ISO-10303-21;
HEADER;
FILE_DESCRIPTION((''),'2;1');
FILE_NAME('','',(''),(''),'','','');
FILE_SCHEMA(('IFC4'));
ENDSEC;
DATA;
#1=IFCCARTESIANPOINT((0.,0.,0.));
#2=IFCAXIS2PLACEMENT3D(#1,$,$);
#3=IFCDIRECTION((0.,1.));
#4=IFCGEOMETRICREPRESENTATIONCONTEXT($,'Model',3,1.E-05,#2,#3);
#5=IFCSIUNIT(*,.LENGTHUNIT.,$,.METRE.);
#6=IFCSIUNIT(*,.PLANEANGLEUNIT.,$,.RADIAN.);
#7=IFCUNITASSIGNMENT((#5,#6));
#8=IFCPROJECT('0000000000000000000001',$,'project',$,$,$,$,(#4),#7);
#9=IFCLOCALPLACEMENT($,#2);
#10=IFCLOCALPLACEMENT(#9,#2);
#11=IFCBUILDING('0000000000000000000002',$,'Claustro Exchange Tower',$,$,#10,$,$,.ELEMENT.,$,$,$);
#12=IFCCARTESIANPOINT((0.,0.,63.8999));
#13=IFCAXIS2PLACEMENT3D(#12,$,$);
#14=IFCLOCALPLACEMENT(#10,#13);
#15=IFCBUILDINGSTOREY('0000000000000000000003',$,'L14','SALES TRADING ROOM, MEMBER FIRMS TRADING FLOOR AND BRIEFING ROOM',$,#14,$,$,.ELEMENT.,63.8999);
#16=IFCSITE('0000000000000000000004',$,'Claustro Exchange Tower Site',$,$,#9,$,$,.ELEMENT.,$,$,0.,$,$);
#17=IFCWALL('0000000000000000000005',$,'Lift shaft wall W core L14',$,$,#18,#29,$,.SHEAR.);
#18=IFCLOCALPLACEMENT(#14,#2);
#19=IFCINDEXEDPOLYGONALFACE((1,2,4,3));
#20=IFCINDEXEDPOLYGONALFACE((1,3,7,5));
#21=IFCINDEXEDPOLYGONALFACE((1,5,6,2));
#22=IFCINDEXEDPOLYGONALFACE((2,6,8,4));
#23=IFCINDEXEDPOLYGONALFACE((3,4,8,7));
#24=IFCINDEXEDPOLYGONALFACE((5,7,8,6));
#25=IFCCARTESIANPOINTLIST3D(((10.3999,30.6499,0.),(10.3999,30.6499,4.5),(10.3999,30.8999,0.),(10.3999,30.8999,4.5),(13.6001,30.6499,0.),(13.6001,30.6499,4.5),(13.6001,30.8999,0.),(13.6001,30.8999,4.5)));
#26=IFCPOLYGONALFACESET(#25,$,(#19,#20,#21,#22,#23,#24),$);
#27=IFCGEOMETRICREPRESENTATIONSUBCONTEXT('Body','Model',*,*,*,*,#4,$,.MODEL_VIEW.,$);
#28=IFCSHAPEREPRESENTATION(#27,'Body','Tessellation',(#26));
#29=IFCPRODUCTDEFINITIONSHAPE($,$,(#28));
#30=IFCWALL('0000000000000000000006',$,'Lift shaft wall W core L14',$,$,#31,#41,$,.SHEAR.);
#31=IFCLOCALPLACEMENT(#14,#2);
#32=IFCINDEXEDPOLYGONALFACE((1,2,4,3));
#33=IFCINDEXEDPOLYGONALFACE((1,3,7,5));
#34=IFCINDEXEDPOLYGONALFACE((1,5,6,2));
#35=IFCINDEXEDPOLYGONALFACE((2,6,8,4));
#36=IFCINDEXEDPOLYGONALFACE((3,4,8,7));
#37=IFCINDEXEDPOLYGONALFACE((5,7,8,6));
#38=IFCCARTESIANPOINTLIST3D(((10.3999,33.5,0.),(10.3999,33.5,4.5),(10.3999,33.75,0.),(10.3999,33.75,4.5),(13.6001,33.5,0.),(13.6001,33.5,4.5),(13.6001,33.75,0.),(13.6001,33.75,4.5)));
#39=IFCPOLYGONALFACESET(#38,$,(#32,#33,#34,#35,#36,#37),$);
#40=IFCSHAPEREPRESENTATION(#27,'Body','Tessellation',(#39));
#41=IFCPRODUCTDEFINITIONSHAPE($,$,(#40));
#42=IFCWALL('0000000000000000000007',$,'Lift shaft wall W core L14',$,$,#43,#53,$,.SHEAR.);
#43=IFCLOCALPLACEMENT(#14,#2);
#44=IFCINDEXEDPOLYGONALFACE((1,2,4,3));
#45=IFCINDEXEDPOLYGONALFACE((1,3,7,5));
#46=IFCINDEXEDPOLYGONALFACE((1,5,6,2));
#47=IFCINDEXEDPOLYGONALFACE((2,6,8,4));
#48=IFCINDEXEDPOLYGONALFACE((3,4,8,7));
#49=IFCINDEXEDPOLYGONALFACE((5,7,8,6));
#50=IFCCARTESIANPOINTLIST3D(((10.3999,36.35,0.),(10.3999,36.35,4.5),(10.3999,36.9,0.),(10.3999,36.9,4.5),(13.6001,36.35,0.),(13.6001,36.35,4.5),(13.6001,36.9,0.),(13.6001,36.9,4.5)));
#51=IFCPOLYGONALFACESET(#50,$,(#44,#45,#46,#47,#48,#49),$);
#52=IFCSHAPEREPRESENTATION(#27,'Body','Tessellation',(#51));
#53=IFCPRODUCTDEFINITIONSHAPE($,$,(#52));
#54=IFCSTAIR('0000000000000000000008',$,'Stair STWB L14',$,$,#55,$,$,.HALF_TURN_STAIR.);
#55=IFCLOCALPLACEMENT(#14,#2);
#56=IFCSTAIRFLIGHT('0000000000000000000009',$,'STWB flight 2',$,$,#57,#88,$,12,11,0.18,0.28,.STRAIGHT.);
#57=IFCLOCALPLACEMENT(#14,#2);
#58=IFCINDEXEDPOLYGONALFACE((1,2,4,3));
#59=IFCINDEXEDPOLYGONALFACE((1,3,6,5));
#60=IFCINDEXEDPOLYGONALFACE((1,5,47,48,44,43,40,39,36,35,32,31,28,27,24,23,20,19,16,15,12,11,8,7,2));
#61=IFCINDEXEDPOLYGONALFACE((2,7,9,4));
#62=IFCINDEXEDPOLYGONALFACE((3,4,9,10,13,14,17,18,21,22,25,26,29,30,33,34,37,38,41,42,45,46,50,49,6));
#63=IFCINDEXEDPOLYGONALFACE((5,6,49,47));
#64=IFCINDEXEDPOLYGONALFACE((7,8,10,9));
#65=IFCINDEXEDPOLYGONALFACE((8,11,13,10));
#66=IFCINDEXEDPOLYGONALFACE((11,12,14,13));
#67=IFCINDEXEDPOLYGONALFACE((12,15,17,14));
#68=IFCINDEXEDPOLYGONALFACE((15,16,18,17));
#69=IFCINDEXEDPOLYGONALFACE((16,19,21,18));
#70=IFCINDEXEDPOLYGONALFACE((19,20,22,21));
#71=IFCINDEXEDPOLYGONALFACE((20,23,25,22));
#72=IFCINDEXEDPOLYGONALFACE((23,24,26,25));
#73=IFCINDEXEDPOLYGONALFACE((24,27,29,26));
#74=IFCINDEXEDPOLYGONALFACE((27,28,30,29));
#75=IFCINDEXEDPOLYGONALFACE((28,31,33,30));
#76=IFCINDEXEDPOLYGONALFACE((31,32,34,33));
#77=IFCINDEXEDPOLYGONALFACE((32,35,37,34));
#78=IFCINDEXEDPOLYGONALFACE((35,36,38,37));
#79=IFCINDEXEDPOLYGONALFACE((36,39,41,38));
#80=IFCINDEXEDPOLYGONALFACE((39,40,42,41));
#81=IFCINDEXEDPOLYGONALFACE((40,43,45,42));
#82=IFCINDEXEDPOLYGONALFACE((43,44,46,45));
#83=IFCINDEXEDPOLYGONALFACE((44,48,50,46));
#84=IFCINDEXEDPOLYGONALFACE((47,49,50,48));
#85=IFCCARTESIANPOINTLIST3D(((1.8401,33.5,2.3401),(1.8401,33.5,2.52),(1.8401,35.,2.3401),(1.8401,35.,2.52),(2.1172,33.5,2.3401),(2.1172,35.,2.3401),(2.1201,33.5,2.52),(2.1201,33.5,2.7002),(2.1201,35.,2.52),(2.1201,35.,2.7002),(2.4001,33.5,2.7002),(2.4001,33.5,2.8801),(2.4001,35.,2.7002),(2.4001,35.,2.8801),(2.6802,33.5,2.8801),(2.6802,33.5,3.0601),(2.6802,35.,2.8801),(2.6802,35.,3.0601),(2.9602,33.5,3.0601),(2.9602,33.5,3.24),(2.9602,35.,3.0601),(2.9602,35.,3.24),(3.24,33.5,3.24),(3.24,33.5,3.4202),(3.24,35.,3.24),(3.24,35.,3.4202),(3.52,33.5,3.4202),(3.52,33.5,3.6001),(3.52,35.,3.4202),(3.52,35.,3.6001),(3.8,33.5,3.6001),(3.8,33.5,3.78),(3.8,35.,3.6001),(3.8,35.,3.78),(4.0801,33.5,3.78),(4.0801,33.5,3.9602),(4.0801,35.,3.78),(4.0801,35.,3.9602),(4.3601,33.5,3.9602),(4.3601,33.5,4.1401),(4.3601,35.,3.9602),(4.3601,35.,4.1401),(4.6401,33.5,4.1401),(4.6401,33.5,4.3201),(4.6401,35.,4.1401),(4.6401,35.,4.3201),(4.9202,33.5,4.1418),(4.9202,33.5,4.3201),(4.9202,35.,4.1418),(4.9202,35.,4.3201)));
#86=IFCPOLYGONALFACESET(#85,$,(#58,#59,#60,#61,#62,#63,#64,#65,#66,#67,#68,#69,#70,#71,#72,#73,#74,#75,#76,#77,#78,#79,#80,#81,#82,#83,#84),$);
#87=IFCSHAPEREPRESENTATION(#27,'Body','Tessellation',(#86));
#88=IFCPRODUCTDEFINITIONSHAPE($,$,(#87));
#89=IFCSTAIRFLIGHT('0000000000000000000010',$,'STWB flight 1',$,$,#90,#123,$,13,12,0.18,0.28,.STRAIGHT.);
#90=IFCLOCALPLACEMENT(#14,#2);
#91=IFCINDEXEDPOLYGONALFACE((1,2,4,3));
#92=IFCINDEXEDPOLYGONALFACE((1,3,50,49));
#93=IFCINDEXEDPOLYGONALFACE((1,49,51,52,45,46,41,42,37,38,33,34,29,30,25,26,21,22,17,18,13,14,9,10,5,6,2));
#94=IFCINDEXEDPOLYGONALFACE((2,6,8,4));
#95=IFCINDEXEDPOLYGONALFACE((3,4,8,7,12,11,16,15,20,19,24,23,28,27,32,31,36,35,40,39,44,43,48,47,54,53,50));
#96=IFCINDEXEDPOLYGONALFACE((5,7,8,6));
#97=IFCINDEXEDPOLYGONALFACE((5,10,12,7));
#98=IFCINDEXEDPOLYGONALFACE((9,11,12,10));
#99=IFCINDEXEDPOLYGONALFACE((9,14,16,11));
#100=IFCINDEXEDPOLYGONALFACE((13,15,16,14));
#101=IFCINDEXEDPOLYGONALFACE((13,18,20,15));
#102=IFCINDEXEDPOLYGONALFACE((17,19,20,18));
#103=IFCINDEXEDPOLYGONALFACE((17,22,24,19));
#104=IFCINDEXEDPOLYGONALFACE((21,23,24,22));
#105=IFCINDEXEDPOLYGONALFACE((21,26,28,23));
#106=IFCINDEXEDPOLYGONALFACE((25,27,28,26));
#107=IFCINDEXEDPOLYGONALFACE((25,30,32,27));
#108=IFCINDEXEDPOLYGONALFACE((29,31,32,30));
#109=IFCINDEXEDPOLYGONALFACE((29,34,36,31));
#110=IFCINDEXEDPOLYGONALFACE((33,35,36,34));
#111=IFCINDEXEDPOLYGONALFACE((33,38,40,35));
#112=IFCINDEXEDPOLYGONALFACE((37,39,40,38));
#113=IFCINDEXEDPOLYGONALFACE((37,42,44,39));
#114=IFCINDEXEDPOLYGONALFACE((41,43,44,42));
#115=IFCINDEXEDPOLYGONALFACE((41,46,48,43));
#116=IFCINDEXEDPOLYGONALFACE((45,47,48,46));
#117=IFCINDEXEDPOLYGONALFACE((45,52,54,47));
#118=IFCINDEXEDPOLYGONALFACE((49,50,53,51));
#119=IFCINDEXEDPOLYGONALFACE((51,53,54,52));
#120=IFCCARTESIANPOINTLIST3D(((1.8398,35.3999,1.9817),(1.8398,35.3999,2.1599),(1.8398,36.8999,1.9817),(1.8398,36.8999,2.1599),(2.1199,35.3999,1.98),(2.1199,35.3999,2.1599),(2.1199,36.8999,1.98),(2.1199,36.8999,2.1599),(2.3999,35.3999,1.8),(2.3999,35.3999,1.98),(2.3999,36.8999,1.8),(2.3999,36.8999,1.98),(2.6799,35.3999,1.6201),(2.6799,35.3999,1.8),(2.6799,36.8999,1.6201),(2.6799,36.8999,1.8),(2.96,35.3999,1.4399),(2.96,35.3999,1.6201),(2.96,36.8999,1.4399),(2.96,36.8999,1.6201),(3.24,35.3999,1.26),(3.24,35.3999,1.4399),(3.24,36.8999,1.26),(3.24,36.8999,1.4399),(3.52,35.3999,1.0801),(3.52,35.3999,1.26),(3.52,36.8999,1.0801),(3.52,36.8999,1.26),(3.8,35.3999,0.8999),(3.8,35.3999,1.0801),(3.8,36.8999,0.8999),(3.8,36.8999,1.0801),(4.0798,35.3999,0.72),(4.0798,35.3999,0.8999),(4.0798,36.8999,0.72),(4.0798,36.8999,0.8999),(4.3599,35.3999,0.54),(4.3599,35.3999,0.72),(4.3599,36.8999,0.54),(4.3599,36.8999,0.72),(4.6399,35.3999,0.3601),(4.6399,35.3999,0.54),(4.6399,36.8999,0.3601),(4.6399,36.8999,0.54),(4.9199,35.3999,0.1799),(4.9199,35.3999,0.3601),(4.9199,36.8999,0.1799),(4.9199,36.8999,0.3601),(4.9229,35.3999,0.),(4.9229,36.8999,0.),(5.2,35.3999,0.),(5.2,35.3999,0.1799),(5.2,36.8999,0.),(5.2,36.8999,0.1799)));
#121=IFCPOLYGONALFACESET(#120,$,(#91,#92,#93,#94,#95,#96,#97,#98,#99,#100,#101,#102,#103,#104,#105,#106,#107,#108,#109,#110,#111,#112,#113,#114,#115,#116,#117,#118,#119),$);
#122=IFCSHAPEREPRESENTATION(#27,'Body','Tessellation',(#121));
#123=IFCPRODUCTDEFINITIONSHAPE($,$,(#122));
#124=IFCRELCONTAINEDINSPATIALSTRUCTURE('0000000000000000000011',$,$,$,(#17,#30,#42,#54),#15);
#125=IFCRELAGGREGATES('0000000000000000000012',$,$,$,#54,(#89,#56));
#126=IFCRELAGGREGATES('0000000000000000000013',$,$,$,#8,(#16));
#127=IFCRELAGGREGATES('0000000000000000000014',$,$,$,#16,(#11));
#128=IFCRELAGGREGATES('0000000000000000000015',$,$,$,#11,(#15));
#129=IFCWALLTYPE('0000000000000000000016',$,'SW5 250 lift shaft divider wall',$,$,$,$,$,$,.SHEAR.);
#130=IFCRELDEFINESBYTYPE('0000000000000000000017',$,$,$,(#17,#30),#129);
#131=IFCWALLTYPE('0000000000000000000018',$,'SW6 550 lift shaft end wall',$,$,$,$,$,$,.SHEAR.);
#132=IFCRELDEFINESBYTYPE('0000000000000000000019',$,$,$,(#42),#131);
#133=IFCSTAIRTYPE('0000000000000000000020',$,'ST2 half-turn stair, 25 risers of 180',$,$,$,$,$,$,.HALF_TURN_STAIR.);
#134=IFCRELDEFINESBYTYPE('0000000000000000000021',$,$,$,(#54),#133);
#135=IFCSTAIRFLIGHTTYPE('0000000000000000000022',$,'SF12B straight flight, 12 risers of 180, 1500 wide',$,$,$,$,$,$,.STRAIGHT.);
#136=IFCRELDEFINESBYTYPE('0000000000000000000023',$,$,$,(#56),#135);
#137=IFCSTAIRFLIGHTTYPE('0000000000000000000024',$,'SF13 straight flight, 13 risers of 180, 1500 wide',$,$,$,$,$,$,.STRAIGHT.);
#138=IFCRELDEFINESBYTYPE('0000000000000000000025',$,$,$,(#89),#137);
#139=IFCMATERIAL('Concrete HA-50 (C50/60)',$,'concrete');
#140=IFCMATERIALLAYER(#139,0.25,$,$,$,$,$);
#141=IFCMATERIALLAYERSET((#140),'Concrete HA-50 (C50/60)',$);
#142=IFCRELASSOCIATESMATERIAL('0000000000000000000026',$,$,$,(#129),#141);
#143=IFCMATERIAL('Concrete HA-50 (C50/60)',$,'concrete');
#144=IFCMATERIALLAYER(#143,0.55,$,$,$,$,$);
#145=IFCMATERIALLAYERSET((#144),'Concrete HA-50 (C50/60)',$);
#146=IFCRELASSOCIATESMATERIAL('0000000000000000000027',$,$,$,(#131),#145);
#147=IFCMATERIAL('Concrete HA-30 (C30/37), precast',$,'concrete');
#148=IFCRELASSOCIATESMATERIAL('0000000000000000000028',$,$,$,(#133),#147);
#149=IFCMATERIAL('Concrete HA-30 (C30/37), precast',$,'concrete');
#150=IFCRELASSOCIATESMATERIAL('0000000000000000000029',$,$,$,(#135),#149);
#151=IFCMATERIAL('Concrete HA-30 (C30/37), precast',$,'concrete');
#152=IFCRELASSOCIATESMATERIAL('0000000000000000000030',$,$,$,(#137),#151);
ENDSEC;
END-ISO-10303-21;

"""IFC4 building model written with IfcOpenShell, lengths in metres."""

from ifc_helpers import new_model, si_unit, direction, frame, frame_2d, origin, place, context, subcontext, project, spatial, polyline, rectangle, outline, extrude, material, layer, layer_set, type_object, element, aggregate, save


model = new_model("IFC4")

# Units and contexts
model_context = context("Model", 3, precision=1e-05, world=origin(), true_north=direction((0.0, 1.0)))
body_context = subcontext(model_context, "Body", "Model", "MODEL_VIEW")
ifc_project = project(units=[si_unit("LENGTHUNIT", "METRE"), si_unit("PLANEANGLEUNIT", "RADIAN")], contexts=[model_context])

# Site, building, storey
site_placement = place(None, origin())
site = spatial("IfcSite", under=ifc_project, at=site_placement, Name="Claustro Exchange Tower Site", CompositionType="ELEMENT", RefElevation=0.0)
building_placement = place(site_placement, origin())
building = spatial("IfcBuilding", under=site, at=building_placement, Name="Claustro Exchange Tower", CompositionType="ELEMENT")
storey_placement = place(building_placement, frame((0.0, 0.0, 63.8999)))
storey = spatial("IfcBuildingStorey", under=building, at=storey_placement, Name="L14", Description="SALES TRADING ROOM, MEMBER FIRMS TRADING FLOOR AND BRIEFING ROOM", CompositionType="ELEMENT", Elevation=63.8999)

# Walls
ifc_material_1 = material(Name="Concrete HA-50 (C50/60)", Category="concrete")
ifc_layer_1 = layer(ifc_material_1, 0.25)
ifc_layer_set_1 = layer_set([ifc_layer_1], Name="Concrete HA-50 (C50/60)")
wall_type_1 = type_object("IfcWallType", Name="SW5 250 lift shaft divider wall", PredefinedType="SHEAR", material=ifc_layer_set_1)
for number, where, z_axis, x_axis, name in (
    (1, (10.3999, 30.7749, 0.0), (0.0, 0.0, 1.0), (1.0, 0.0, 0.0), "Lift shaft wall W core L14"),
    (2, (10.3999, 33.625, 0.0), (0.0, 0.0, 1.0), (1.0, 0.0, 0.0), "Lift shaft wall W core L14"),
):
    element("IfcWall", number, at=place(storey_placement, frame(where, z_axis=z_axis, x_axis=x_axis)), inside=storey, type_object=wall_type_1, Name=name, PredefinedType="SHEAR", context=body_context, shape_type="SweptSolid", body=[
        extrude(rectangle(XDim=3.2002, YDim=0.25, at=frame_2d((1.6001, 0.0))), origin(), (0.0, 0.0, 1.0), 4.5),
    ])
ifc_material_2 = material(Name="Concrete HA-50 (C50/60)", Category="concrete")
ifc_layer_2 = layer(ifc_material_2, 0.55)
ifc_layer_set_2 = layer_set([ifc_layer_2], Name="Concrete HA-50 (C50/60)")
wall_type_2 = type_object("IfcWallType", Name="SW6 550 lift shaft end wall", PredefinedType="SHEAR", material=ifc_layer_set_2)
wall_1_placement = place(storey_placement, frame((10.3999, 36.625, 0.0), z_axis=(0.0, 0.0, 1.0), x_axis=(1.0, 0.0, 0.0)))
element("IfcWall", 3, at=wall_1_placement, inside=storey, type_object=wall_type_2, Name="Lift shaft wall W core L14", PredefinedType="SHEAR", context=body_context, shape_type="SweptSolid", body=[
    extrude(rectangle(XDim=3.2002, YDim=0.55, at=frame_2d((1.6001, 0.0))), origin(), (0.0, 0.0, 1.0), 4.5),
])

# Stair, stair flights
ifc_material_3 = material(Name="Concrete HA-30 (C30/37), precast", Category="concrete")
stair_type = type_object("IfcStairType", Name="ST2 half-turn stair, 25 risers of 180", PredefinedType="HALF_TURN_STAIR", material=ifc_material_3)
stair_placement = place(storey_placement, origin())
stair = element("IfcStair", 4, at=stair_placement, inside=storey, type_object=stair_type, Name="Stair STWB L14", PredefinedType="HALF_TURN_STAIR")
ifc_material_4 = material(Name="Concrete HA-30 (C30/37), precast", Category="concrete")
stair_flight_type_1 = type_object("IfcStairFlightType", Name="SF12B straight flight, 12 risers of 180, 1500 wide", PredefinedType="STRAIGHT", material=ifc_material_4)
stair_flight_1_placement = place(storey_placement, frame((1.8401, 34.25, 2.3401), z_axis=(0.0, 0.0, 1.0), x_axis=(1.0, 0.0, 0.0)))
stair_flight_1 = element("IfcStairFlight", 5, at=stair_flight_1_placement, type_object=stair_flight_type_1, Name="STWB flight 2", NumberOfRisers=12, NumberOfTreads=11, PredefinedType="STRAIGHT", RiserHeight=0.18, TreadLength=0.28, context=body_context, shape_type="SweptSolid", body=[
    extrude(outline(polyline([(0.0, 0.0), (0.0, 0.1799), (0.28, 0.1799), (0.28, 0.3601), (0.5601, 0.3601), (0.5601, 0.54), (0.8401, 0.54), (0.8401, 0.72), (1.1201, 0.72), (1.1201, 0.8999), (1.3999, 0.8999), (1.3999, 1.0801), (1.6799, 1.0801), (1.6799, 1.26), (1.96, 1.26), (1.96, 1.4399), (2.24, 1.4399), (2.24, 1.6201), (2.52, 1.6201), (2.52, 1.8), (2.8, 1.8), (2.8, 1.98), (3.0801, 1.98), (3.0801, 2.1599), (3.0801, 1.8018), (0.2771, 0.0), (0.0, 0.0)])), frame((0.0, 0.75, 0.0), z_axis=(0.0, -1.0, 0.0), x_axis=(1.0, 0.0, 0.0)), (0.0, 0.0, 1.0), 1.5),
])
ifc_material_5 = material(Name="Concrete HA-30 (C30/37), precast", Category="concrete")
stair_flight_type_2 = type_object("IfcStairFlightType", Name="SF13 straight flight, 13 risers of 180, 1500 wide", PredefinedType="STRAIGHT", material=ifc_material_5)
stair_flight_2_placement = place(storey_placement, frame((5.2, 36.1499, 0.0), z_axis=(0.0, 0.0, 1.0), x_axis=(-1.0, 0.0, 0.0)))
stair_flight_2 = element("IfcStairFlight", 6, at=stair_flight_2_placement, type_object=stair_flight_type_2, Name="STWB flight 1", NumberOfRisers=13, NumberOfTreads=12, PredefinedType="STRAIGHT", RiserHeight=0.18, TreadLength=0.28, context=body_context, shape_type="SweptSolid", body=[
    extrude(outline(polyline([(0.0, 0.0), (0.0, 0.1799), (0.28, 0.1799), (0.28, 0.3601), (0.5601, 0.3601), (0.5601, 0.54), (0.8401, 0.54), (0.8401, 0.72), (1.1201, 0.72), (1.1201, 0.8999), (1.3999, 0.8999), (1.3999, 1.0801), (1.6799, 1.0801), (1.6799, 1.26), (1.96, 1.26), (1.96, 1.4399), (2.24, 1.4399), (2.24, 1.6201), (2.52, 1.6201), (2.52, 1.8), (2.8, 1.8), (2.8, 1.98), (3.0801, 1.98), (3.0801, 2.1599), (3.3601, 2.1599), (3.3601, 2.3401), (3.3601, 1.9817), (0.2771, 0.0), (0.0, 0.0)])), frame((0.0, 0.75, 0.0), z_axis=(0.0, -1.0, 0.0), x_axis=(1.0, 0.0, 0.0)), (0.0, 0.0, 1.0), 1.5),
])
aggregate(stair, [stair_flight_2, stair_flight_1])

save(model, "model.ifc")
